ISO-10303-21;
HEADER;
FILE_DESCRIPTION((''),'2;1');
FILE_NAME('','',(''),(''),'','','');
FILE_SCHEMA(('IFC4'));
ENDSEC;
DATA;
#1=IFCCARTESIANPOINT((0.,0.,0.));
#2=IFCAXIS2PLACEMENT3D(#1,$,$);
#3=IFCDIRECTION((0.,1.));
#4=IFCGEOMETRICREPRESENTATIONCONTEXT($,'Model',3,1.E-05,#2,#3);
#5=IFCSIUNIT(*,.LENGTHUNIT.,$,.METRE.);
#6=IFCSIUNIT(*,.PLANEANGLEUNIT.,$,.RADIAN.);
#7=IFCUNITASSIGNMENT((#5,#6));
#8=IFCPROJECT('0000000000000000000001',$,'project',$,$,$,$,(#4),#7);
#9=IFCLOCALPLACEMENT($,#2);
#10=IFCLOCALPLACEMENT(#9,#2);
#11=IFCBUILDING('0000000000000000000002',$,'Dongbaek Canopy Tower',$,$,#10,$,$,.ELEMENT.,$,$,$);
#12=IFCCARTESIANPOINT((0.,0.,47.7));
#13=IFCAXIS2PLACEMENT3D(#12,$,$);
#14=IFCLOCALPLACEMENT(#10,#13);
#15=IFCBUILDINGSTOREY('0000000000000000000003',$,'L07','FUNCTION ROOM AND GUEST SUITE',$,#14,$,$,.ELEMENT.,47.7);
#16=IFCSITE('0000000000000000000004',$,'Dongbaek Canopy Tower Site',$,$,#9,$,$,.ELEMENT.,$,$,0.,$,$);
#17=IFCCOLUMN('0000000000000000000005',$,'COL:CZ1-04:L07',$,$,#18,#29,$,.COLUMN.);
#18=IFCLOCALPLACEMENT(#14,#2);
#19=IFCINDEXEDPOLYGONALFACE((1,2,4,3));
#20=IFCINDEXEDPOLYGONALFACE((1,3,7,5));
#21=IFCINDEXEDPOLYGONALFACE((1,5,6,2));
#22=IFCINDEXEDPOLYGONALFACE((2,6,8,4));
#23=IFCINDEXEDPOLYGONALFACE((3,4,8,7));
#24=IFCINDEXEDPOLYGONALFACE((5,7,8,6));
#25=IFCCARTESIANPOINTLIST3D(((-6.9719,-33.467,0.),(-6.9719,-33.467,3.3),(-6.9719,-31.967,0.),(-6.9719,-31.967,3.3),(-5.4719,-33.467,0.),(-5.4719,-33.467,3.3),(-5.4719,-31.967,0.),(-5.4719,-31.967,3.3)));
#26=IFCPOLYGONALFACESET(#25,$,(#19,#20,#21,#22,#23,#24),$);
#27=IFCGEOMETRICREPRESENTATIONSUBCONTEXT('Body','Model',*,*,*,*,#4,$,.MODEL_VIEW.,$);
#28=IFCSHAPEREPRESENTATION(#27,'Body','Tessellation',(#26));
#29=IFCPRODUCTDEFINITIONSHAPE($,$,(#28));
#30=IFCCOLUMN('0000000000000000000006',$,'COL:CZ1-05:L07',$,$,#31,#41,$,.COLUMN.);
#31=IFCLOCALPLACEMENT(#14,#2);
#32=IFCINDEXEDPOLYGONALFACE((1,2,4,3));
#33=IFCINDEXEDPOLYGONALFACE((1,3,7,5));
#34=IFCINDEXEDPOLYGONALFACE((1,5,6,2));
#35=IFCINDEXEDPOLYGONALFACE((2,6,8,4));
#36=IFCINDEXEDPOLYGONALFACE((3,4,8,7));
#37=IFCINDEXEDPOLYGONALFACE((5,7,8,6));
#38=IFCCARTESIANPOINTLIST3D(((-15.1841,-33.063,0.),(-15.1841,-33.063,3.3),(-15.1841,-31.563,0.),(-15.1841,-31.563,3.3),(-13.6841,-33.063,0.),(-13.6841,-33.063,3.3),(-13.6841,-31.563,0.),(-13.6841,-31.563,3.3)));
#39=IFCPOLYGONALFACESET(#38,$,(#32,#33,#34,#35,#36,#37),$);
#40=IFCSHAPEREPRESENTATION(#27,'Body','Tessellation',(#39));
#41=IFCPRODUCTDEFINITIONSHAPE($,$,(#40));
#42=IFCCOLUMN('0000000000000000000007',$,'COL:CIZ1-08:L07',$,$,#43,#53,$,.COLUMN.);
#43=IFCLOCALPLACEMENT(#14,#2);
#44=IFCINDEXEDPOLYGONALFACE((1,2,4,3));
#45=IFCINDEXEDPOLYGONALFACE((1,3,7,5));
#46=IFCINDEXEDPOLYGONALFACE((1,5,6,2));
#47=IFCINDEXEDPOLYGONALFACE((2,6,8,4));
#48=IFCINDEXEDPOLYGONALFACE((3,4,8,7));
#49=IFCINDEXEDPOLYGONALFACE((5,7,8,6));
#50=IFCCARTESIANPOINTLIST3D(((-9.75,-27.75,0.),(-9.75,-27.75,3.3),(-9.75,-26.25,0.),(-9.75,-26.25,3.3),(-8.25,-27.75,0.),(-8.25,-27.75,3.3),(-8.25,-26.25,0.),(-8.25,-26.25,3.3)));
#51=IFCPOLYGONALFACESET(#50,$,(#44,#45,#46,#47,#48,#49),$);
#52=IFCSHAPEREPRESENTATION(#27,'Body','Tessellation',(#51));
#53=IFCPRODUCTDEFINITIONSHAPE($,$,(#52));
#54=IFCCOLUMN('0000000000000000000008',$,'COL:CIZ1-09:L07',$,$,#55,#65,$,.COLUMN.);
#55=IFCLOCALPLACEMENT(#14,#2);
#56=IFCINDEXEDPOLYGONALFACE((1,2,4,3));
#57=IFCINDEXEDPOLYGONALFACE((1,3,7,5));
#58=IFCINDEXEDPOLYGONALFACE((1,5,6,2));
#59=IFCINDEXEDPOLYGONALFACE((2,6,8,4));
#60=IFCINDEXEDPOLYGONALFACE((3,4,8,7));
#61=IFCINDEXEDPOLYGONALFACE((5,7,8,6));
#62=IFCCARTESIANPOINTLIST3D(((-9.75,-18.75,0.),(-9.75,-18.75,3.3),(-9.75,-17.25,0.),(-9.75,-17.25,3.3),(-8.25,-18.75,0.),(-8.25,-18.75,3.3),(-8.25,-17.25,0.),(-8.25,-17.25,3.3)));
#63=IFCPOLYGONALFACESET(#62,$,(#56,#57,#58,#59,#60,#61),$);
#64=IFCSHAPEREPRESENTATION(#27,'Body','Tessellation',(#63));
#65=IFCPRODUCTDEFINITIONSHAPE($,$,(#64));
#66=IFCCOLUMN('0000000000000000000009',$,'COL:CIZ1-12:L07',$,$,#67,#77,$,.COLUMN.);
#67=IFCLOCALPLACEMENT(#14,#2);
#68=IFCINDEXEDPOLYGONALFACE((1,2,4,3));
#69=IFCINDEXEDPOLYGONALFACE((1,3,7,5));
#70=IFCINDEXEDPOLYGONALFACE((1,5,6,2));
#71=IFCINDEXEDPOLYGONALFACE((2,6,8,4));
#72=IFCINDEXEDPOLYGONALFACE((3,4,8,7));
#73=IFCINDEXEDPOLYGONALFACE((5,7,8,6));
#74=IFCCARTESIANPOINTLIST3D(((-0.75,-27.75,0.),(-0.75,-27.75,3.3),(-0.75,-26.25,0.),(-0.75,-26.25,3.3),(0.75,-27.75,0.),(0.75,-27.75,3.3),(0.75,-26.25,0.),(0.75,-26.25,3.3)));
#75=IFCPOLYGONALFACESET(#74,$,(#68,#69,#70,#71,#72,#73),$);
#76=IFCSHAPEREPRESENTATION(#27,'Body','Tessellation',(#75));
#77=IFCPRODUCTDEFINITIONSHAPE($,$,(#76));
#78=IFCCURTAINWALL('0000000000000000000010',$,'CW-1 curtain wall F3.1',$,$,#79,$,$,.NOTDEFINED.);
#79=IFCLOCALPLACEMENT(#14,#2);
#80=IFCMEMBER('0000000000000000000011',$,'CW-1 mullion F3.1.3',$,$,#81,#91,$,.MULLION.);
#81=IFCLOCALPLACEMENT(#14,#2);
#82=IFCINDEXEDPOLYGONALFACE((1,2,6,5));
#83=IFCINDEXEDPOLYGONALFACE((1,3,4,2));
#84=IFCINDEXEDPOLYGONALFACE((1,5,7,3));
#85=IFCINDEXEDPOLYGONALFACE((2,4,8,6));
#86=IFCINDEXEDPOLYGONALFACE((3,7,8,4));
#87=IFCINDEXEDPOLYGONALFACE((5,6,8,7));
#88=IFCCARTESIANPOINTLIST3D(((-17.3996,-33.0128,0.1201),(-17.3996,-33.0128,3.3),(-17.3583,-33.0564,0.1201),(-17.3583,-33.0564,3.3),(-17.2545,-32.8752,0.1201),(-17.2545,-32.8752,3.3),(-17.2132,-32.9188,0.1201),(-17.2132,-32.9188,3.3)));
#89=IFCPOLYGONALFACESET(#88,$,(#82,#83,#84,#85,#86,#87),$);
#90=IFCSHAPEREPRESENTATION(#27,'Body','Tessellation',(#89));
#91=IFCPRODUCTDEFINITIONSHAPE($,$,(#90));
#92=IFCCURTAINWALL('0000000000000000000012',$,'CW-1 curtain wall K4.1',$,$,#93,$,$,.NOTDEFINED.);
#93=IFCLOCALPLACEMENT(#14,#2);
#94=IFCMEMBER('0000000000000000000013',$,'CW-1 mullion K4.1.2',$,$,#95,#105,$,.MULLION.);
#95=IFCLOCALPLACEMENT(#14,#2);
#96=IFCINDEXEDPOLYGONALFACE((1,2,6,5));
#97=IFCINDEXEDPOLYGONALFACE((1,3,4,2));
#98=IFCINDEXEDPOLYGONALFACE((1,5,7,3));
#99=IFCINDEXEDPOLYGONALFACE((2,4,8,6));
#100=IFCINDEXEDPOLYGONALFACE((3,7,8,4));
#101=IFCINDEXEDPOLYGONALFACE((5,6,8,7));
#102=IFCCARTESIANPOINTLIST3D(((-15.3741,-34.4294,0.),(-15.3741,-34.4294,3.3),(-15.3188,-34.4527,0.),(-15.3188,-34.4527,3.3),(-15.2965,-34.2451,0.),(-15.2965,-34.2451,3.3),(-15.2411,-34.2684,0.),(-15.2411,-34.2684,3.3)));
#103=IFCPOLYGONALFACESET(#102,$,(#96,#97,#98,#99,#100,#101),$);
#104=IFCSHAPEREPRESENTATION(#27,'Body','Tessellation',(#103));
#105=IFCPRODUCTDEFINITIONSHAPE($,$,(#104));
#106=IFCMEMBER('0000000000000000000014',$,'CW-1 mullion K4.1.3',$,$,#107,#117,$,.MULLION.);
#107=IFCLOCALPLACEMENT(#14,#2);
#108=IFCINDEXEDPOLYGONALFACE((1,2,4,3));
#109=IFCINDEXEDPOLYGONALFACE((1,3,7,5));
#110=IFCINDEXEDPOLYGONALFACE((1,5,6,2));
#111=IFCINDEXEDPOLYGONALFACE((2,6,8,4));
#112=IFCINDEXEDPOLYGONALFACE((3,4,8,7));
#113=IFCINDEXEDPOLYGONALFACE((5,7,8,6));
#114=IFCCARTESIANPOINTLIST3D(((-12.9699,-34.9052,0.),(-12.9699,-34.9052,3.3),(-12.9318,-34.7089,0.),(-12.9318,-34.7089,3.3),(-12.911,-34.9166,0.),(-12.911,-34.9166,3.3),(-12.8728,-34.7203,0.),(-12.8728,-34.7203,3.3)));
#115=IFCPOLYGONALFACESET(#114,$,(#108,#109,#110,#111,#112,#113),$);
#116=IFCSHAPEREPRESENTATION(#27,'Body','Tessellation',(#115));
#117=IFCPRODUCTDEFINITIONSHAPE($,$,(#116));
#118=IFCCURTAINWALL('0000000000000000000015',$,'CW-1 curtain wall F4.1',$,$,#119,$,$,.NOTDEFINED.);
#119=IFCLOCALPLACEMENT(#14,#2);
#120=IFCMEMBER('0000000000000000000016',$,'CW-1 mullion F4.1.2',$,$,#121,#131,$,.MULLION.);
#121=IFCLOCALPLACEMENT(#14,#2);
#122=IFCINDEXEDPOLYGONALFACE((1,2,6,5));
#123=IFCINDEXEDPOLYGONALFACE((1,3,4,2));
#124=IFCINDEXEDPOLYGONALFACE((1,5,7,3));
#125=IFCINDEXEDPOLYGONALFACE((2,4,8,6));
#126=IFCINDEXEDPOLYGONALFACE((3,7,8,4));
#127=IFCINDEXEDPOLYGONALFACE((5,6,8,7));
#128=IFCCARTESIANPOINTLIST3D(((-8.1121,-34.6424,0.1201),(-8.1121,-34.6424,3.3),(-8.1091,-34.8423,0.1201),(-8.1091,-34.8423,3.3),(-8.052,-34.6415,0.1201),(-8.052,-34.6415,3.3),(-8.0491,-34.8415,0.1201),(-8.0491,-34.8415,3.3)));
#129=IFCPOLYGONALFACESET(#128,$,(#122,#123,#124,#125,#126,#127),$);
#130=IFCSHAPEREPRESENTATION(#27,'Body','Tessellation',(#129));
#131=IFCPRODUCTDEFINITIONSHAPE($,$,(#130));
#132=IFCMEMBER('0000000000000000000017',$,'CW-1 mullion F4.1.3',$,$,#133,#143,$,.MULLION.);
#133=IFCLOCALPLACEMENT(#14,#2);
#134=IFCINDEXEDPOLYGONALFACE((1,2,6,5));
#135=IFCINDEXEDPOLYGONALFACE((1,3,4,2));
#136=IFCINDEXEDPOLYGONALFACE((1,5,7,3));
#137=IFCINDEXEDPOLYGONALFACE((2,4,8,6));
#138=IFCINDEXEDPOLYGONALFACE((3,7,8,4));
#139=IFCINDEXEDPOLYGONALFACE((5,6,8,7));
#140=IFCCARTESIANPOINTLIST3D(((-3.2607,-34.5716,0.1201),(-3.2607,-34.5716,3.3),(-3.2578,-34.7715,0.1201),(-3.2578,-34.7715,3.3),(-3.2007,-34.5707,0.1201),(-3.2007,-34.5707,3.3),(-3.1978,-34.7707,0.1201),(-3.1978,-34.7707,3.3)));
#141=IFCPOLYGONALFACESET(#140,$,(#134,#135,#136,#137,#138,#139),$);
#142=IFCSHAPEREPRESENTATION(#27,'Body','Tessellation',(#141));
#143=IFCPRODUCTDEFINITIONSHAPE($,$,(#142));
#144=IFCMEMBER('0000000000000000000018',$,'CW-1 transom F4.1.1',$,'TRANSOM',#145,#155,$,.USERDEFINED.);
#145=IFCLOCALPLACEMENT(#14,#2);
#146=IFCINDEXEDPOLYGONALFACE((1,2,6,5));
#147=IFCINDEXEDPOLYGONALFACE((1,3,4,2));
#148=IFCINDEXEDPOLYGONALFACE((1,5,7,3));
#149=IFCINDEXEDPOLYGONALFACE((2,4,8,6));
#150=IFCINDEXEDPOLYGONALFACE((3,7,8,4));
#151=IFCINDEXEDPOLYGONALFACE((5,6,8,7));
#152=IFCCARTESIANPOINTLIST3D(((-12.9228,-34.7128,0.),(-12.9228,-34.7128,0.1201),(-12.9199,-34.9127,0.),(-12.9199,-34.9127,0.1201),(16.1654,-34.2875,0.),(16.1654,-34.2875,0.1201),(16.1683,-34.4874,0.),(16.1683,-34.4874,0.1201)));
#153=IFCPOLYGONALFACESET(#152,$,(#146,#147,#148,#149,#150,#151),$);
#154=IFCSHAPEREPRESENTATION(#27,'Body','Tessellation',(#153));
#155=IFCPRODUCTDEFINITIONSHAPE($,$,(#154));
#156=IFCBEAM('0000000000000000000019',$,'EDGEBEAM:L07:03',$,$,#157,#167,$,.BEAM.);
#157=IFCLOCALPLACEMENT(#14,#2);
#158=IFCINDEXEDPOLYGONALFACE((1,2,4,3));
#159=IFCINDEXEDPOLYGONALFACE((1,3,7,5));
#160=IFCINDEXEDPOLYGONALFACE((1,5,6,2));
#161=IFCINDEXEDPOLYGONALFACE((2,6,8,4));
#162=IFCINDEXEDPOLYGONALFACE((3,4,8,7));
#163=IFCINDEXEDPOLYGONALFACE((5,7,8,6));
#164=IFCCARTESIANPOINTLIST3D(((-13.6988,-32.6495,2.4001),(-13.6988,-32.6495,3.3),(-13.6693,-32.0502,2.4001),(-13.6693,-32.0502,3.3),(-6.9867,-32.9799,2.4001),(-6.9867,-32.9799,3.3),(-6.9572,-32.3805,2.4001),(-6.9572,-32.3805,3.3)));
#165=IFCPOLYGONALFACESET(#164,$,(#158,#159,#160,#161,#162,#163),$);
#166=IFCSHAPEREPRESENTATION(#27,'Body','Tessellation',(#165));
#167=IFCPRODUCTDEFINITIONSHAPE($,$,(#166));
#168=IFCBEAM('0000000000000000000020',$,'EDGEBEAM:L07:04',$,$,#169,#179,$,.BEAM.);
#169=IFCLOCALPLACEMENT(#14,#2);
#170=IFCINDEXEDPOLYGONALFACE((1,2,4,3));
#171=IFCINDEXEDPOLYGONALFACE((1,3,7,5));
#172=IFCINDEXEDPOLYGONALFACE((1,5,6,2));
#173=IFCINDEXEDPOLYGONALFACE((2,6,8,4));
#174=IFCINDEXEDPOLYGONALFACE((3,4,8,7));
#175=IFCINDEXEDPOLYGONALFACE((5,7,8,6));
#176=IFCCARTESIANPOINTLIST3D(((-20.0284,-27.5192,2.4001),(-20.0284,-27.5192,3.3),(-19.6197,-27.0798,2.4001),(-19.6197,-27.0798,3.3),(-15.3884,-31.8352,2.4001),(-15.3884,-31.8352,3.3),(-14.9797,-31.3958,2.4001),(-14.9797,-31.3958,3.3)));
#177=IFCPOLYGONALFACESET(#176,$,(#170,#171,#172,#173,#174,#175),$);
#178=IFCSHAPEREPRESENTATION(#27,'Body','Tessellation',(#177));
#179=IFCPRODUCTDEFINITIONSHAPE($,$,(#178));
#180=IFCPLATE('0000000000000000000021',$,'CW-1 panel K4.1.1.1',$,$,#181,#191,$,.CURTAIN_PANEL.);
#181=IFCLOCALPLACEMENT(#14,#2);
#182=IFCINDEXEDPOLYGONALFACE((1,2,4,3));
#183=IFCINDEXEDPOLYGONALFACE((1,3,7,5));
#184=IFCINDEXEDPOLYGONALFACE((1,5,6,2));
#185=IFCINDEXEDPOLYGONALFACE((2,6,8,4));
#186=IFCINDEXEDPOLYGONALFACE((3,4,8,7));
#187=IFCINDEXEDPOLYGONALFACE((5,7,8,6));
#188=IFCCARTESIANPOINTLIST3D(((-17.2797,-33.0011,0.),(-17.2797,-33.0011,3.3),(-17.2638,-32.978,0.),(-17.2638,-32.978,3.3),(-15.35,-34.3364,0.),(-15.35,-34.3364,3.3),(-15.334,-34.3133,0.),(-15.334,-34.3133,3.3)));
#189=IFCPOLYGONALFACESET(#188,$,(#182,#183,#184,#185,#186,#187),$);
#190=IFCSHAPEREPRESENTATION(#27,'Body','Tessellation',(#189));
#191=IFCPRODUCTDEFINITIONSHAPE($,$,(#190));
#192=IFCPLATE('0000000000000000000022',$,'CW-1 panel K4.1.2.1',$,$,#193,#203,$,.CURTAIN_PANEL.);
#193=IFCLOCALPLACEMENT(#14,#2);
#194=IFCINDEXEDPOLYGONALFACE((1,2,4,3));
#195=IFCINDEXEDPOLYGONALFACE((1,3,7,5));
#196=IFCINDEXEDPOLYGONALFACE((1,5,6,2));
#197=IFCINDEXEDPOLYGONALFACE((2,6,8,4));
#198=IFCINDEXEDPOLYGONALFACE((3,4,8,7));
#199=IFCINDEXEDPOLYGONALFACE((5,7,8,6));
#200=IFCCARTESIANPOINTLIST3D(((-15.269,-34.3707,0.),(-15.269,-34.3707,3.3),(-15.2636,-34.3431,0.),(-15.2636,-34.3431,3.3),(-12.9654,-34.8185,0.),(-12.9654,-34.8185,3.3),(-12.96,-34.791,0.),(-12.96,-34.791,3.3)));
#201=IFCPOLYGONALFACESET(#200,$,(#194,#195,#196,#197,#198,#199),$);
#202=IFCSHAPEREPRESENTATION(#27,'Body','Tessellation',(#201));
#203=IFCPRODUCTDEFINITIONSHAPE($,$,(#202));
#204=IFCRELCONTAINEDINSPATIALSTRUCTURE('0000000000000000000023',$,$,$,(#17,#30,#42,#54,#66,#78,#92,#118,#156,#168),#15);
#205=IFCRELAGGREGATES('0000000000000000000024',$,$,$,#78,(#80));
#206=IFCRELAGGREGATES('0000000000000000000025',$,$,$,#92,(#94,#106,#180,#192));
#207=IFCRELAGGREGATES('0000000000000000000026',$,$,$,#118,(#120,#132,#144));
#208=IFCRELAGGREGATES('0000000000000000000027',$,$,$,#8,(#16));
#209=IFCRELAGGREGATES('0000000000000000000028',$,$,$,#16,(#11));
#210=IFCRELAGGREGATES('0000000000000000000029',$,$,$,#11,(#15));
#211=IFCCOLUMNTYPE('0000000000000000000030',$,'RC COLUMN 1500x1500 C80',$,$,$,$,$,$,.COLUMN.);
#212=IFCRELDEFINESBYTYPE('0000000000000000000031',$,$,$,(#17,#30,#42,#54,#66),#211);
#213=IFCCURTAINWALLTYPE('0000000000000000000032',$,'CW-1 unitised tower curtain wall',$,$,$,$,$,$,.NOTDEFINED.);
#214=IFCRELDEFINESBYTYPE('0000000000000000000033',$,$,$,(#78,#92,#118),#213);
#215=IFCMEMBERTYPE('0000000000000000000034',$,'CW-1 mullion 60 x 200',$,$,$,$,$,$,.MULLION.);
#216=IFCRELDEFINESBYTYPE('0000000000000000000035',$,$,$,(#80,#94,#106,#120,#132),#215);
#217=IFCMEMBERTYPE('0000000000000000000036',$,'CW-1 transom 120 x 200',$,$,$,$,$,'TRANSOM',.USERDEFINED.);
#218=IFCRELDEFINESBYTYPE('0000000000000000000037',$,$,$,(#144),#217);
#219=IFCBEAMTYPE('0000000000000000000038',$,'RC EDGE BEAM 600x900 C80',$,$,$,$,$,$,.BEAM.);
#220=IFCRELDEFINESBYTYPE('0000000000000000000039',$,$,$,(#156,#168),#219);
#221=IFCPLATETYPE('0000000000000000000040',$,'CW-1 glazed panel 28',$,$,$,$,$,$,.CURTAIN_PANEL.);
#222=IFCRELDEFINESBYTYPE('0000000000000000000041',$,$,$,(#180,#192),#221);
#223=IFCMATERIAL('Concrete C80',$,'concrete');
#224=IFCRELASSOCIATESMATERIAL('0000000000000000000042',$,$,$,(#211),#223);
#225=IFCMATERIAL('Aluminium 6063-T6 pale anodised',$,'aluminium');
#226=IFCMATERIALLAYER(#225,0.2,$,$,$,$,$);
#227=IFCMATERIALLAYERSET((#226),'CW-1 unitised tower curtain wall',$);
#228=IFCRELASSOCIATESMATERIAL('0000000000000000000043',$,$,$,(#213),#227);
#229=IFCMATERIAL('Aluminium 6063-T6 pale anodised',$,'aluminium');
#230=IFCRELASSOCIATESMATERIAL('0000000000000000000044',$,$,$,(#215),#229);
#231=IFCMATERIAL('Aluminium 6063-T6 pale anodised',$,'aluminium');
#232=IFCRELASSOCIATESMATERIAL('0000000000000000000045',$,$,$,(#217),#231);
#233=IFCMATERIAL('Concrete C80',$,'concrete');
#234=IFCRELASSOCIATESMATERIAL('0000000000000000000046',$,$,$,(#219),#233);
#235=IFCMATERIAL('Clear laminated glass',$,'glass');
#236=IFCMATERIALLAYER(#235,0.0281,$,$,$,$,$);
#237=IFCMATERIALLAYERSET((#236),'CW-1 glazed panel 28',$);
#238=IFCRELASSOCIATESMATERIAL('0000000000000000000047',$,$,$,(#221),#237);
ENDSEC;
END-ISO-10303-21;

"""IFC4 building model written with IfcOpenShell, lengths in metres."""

from ifc_helpers import new_model, si_unit, direction, frame, origin, origin_2d, place, context, subcontext, project, spatial, rectangle, extrude, material, layer, layer_set, material_profile, profile_set, type_object, element, aggregate, save


model = new_model("IFC4")

# Units and contexts
model_context = context("Model", 3, precision=1e-05, world=origin(), true_north=direction((0.0, 1.0)))
body_context = subcontext(model_context, "Body", "Model", "MODEL_VIEW")
ifc_project = project(units=[si_unit("LENGTHUNIT", "METRE"), si_unit("PLANEANGLEUNIT", "RADIAN")], contexts=[model_context])

# Site, building, storey
site_placement = place(None, origin())
site = spatial("IfcSite", under=ifc_project, at=site_placement, Name="Dongbaek Canopy Tower Site", CompositionType="ELEMENT", RefElevation=0.0)
building_placement = place(site_placement, origin())
building = spatial("IfcBuilding", under=site, at=building_placement, Name="Dongbaek Canopy Tower", CompositionType="ELEMENT")
storey_placement = place(building_placement, frame((0.0, 0.0, 47.7)))
storey = spatial("IfcBuildingStorey", under=building, at=storey_placement, Name="L07", Description="FUNCTION ROOM AND GUEST SUITE", CompositionType="ELEMENT", Elevation=47.7)

# Columns
ifc_material_1 = material(Name="Concrete C80", Category="concrete")
ifc_material_profile_1 = material_profile(ifc_material_1, rectangle(XDim=1.5, YDim=1.5, at=origin_2d()), Name="RC COLUMN 1500x1500 C80")
ifc_profile_set_1 = profile_set([ifc_material_profile_1], Name="Concrete C80")
column_type = type_object("IfcColumnType", Name="RC COLUMN 1500x1500 C80", PredefinedType="COLUMN", material=ifc_profile_set_1)
for number, where, z_axis, x_axis, name in (
    (1, (-6.2219, -32.717, 0.0), (0.0, 0.0, 1.0), (1.0, 0.0, 0.0), "COL:CZ1-04:L07"),
    (2, (-14.4341, -32.313, 0.0), (0.0, 0.0, 1.0), (1.0, 0.0, 0.0), "COL:CZ1-05:L07"),
    (3, (-9.0, -27.0, 0.0), (0.0, 0.0, 1.0), (1.0, 0.0, 0.0), "COL:CIZ1-08:L07"),
    (4, (-9.0, -18.0, 0.0), (0.0, 0.0, 1.0), (1.0, 0.0, 0.0), "COL:CIZ1-09:L07"),
    (5, (0.0, -27.0, 0.0), (0.0, 0.0, 1.0), (1.0, 0.0, 0.0), "COL:CIZ1-12:L07"),
):
    element("IfcColumn", number, at=place(storey_placement, frame(where, z_axis=z_axis, x_axis=x_axis)), inside=storey, type_object=column_type, Name=name, PredefinedType="COLUMN", context=body_context, shape_type="SweptSolid", body=[
        extrude(rectangle(XDim=1.5, YDim=1.5, at=origin_2d()), origin(), (0.0, 0.0, 1.0), 3.3),
    ])

# Curtain wall, member
ifc_material_2 = material(Name="Aluminium 6063-T6 pale anodised", Category="aluminium")
ifc_layer_1 = layer(ifc_material_2, 0.2)
ifc_layer_set_1 = layer_set([ifc_layer_1], Name="CW-1 unitised tower curtain wall")
curtain_wall_type = type_object("IfcCurtainWallType", Name="CW-1 unitised tower curtain wall", PredefinedType="NOTDEFINED", material=ifc_layer_set_1)
curtain_wall_1_placement = place(storey_placement, origin())
curtain_wall_1 = element("IfcCurtainWall", 6, at=curtain_wall_1_placement, inside=storey, type_object=curtain_wall_type, Name="CW-1 curtain wall F3.1", PredefinedType="NOTDEFINED")
ifc_material_3 = material(Name="Aluminium 6063-T6 pale anodised", Category="aluminium")
ifc_material_profile_2 = material_profile(ifc_material_3, rectangle(XDim=0.2, YDim=0.0601, at=origin_2d()), Name="CW-1 mullion 60 x 200")
ifc_profile_set_2 = profile_set([ifc_material_profile_2], Name="Aluminium 6063-T6 pale anodised")
member_type_1 = type_object("IfcMemberType", Name="CW-1 mullion 60 x 200", PredefinedType="MULLION", material=ifc_profile_set_2)
member_1_placement = place(storey_placement, frame((-17.3064, -32.9658, 0.1201), z_axis=(0.0, 0.0, 1.0), x_axis=(-0.725627, -0.688089, 0.0)))
member_1 = element("IfcMember", 7, at=member_1_placement, type_object=member_type_1, Name="CW-1 mullion F3.1.3", PredefinedType="MULLION", context=body_context, shape_type="SweptSolid", body=[
    extrude(rectangle(XDim=0.2, YDim=0.0601, at=origin_2d()), origin(), (0.0, 0.0, 1.0), 3.1799),
])

# Curtain walls, members
curtain_wall_2_placement = place(storey_placement, origin())
curtain_wall_2 = element("IfcCurtainWall", 8, at=curtain_wall_2_placement, inside=storey, type_object=curtain_wall_type, Name="CW-1 curtain wall K4.1", PredefinedType="NOTDEFINED")
member_2_placement = place(storey_placement, frame((-15.3076, -34.3489, 0.0), z_axis=(0.0, 0.0, 1.0), x_axis=(-0.388186, -0.921581, 0.0)))
member_2 = element("IfcMember", 9, at=member_2_placement, type_object=member_type_1, Name="CW-1 mullion K4.1.2", PredefinedType="MULLION", context=body_context, shape_type="SweptSolid", body=[
    extrude(rectangle(XDim=0.2, YDim=0.0601, at=origin_2d()), origin(), (0.0, 0.0, 1.0), 3.3),
])
member_3_placement = place(storey_placement, frame((-12.9214, -34.8127, 0.0), z_axis=(0.0, 0.0, 1.0), x_axis=(-0.190844, -0.98162, 0.0)))
member_3 = element("IfcMember", 10, at=member_3_placement, type_object=member_type_1, Name="CW-1 mullion K4.1.3", PredefinedType="MULLION", context=body_context, shape_type="SweptSolid", body=[
    extrude(rectangle(XDim=0.2, YDim=0.0601, at=origin_2d()), origin(), (0.0, 0.0, 1.0), 3.3),
])
curtain_wall_3_placement = place(storey_placement, origin())
curtain_wall_3 = element("IfcCurtainWall", 11, at=curtain_wall_3_placement, inside=storey, type_object=curtain_wall_type, Name="CW-1 curtain wall F4.1", PredefinedType="NOTDEFINED")
member_4_placement = place(storey_placement, frame((-8.0806, -34.7419, 0.1201), z_axis=(0.0, 0.0, 1.0), x_axis=(0.014619, -0.999893, 0.0)))
member_4 = element("IfcMember", 12, at=member_4_placement, type_object=member_type_1, Name="CW-1 mullion F4.1.2", PredefinedType="MULLION", context=body_context, shape_type="SweptSolid", body=[
    extrude(rectangle(XDim=0.2, YDim=0.0601, at=origin_2d()), origin(), (0.0, 0.0, 1.0), 3.1799),
])
member_5_placement = place(storey_placement, frame((-3.2292, -34.6711, 0.1201), z_axis=(0.0, 0.0, 1.0), x_axis=(0.014619, -0.999893, 0.0)))
member_5 = element("IfcMember", 13, at=member_5_placement, type_object=member_type_1, Name="CW-1 mullion F4.1.3", PredefinedType="MULLION", context=body_context, shape_type="SweptSolid", body=[
    extrude(rectangle(XDim=0.2, YDim=0.0601, at=origin_2d()), origin(), (0.0, 0.0, 1.0), 3.1799),
])
ifc_material_4 = material(Name="Aluminium 6063-T6 pale anodised", Category="aluminium")
ifc_material_profile_3 = material_profile(ifc_material_4, rectangle(XDim=0.2, YDim=0.1201, at=origin_2d()), Name="CW-1 transom 120 x 200")
ifc_profile_set_3 = profile_set([ifc_material_profile_3], Name="Aluminium 6063-T6 pale anodised")
member_type_2 = type_object("IfcMemberType", Name="CW-1 transom 120 x 200", ElementType="TRANSOM", PredefinedType="USERDEFINED", material=ifc_profile_set_3)
member_6_placement = place(storey_placement, frame((-12.9214, -34.8127, 0.0601), z_axis=(0.999893, 0.014619, 0.0), x_axis=(-0.014619, 0.999893, 0.0)))
member_6 = element("IfcMember", 14, at=member_6_placement, type_object=member_type_2, Name="CW-1 transom F4.1.1", ObjectType="TRANSOM", PredefinedType="USERDEFINED", context=body_context, shape_type="SweptSolid", body=[
    extrude(rectangle(XDim=0.2, YDim=0.1201, at=origin_2d()), origin(), (0.0, 0.0, 1.0), 29.0913),
])

# Beams
ifc_material_5 = material(Name="Concrete C80", Category="concrete")
ifc_material_profile_4 = material_profile(ifc_material_5, rectangle(XDim=0.6001, YDim=0.8999, at=origin_2d()), Name="RC EDGE BEAM 600x900 C80")
ifc_profile_set_4 = profile_set([ifc_material_profile_4], Name="Concrete C80")
beam_type = type_object("IfcBeamType", Name="RC EDGE BEAM 600x900 C80", PredefinedType="BEAM", material=ifc_profile_set_4)
beam_1_placement = place(storey_placement, frame((-6.9719, -32.6802, 2.8501), z_axis=(-0.998791, 0.049153, 0.0), x_axis=(-0.049153, -0.998791, 0.0)))
element("IfcBeam", 15, at=beam_1_placement, inside=storey, type_object=beam_type, Name="EDGEBEAM:L07:03", PredefinedType="BEAM", context=body_context, shape_type="SweptSolid", body=[
    extrude(rectangle(XDim=0.6001, YDim=0.8999, at=origin_2d()), origin(), (0.0, 0.0, 1.0), 6.7202),
])
beam_2_placement = place(storey_placement, frame((-15.1841, -31.6155, 2.8501), z_axis=(-0.732207, 0.681082, 0.0), x_axis=(-0.681082, -0.732207, 0.0)))
element("IfcBeam", 16, at=beam_2_placement, inside=storey, type_object=beam_type, Name="EDGEBEAM:L07:04", PredefinedType="BEAM", context=body_context, shape_type="SweptSolid", body=[
    extrude(rectangle(XDim=0.6001, YDim=0.8999, at=origin_2d()), origin(), (0.0, 0.0, 1.0), 6.3369),
])

# Plates
ifc_material_6 = material(Name="Clear laminated glass", Category="glass")
ifc_layer_2 = layer(ifc_material_6, 0.0281)
ifc_layer_set_2 = layer_set([ifc_layer_2], Name="CW-1 glazed panel 28")
plate_type = type_object("IfcPlateType", Name="CW-1 glazed panel 28", PredefinedType="CURTAIN_PANEL", material=ifc_layer_set_2)
plate_1_placement = place(storey_placement, frame((-16.3069, -33.6572, 0.0), z_axis=(0.0, 0.0, 1.0), x_axis=(0.822329, -0.569012, 0.0)))
plate_1 = element("IfcPlate", 17, at=plate_1_placement, type_object=plate_type, Name="CW-1 panel K4.1.1.1", PredefinedType="CURTAIN_PANEL", context=body_context, shape_type="SweptSolid", body=[
    extrude(rectangle(XDim=2.3467, YDim=0.0281, at=origin_2d()), origin(), (0.0, 0.0, 1.0), 3.3),
])
plate_2_placement = place(storey_placement, frame((-14.1145, -34.5808, 0.0), z_axis=(0.0, 0.0, 1.0), x_axis=(0.98162, -0.190844, 0.0)))
plate_2 = element("IfcPlate", 18, at=plate_2_placement, type_object=plate_type, Name="CW-1 panel K4.1.2.1", PredefinedType="CURTAIN_PANEL", context=body_context, shape_type="SweptSolid", body=[
    extrude(rectangle(XDim=2.3467, YDim=0.0281, at=origin_2d()), origin(), (0.0, 0.0, 1.0), 3.3),
])

aggregate(curtain_wall_1, [member_1])
aggregate(curtain_wall_2, [member_2, member_3, plate_1, plate_2])
aggregate(curtain_wall_3, [member_4, member_5, member_6])

save(model, "model.ifc")
